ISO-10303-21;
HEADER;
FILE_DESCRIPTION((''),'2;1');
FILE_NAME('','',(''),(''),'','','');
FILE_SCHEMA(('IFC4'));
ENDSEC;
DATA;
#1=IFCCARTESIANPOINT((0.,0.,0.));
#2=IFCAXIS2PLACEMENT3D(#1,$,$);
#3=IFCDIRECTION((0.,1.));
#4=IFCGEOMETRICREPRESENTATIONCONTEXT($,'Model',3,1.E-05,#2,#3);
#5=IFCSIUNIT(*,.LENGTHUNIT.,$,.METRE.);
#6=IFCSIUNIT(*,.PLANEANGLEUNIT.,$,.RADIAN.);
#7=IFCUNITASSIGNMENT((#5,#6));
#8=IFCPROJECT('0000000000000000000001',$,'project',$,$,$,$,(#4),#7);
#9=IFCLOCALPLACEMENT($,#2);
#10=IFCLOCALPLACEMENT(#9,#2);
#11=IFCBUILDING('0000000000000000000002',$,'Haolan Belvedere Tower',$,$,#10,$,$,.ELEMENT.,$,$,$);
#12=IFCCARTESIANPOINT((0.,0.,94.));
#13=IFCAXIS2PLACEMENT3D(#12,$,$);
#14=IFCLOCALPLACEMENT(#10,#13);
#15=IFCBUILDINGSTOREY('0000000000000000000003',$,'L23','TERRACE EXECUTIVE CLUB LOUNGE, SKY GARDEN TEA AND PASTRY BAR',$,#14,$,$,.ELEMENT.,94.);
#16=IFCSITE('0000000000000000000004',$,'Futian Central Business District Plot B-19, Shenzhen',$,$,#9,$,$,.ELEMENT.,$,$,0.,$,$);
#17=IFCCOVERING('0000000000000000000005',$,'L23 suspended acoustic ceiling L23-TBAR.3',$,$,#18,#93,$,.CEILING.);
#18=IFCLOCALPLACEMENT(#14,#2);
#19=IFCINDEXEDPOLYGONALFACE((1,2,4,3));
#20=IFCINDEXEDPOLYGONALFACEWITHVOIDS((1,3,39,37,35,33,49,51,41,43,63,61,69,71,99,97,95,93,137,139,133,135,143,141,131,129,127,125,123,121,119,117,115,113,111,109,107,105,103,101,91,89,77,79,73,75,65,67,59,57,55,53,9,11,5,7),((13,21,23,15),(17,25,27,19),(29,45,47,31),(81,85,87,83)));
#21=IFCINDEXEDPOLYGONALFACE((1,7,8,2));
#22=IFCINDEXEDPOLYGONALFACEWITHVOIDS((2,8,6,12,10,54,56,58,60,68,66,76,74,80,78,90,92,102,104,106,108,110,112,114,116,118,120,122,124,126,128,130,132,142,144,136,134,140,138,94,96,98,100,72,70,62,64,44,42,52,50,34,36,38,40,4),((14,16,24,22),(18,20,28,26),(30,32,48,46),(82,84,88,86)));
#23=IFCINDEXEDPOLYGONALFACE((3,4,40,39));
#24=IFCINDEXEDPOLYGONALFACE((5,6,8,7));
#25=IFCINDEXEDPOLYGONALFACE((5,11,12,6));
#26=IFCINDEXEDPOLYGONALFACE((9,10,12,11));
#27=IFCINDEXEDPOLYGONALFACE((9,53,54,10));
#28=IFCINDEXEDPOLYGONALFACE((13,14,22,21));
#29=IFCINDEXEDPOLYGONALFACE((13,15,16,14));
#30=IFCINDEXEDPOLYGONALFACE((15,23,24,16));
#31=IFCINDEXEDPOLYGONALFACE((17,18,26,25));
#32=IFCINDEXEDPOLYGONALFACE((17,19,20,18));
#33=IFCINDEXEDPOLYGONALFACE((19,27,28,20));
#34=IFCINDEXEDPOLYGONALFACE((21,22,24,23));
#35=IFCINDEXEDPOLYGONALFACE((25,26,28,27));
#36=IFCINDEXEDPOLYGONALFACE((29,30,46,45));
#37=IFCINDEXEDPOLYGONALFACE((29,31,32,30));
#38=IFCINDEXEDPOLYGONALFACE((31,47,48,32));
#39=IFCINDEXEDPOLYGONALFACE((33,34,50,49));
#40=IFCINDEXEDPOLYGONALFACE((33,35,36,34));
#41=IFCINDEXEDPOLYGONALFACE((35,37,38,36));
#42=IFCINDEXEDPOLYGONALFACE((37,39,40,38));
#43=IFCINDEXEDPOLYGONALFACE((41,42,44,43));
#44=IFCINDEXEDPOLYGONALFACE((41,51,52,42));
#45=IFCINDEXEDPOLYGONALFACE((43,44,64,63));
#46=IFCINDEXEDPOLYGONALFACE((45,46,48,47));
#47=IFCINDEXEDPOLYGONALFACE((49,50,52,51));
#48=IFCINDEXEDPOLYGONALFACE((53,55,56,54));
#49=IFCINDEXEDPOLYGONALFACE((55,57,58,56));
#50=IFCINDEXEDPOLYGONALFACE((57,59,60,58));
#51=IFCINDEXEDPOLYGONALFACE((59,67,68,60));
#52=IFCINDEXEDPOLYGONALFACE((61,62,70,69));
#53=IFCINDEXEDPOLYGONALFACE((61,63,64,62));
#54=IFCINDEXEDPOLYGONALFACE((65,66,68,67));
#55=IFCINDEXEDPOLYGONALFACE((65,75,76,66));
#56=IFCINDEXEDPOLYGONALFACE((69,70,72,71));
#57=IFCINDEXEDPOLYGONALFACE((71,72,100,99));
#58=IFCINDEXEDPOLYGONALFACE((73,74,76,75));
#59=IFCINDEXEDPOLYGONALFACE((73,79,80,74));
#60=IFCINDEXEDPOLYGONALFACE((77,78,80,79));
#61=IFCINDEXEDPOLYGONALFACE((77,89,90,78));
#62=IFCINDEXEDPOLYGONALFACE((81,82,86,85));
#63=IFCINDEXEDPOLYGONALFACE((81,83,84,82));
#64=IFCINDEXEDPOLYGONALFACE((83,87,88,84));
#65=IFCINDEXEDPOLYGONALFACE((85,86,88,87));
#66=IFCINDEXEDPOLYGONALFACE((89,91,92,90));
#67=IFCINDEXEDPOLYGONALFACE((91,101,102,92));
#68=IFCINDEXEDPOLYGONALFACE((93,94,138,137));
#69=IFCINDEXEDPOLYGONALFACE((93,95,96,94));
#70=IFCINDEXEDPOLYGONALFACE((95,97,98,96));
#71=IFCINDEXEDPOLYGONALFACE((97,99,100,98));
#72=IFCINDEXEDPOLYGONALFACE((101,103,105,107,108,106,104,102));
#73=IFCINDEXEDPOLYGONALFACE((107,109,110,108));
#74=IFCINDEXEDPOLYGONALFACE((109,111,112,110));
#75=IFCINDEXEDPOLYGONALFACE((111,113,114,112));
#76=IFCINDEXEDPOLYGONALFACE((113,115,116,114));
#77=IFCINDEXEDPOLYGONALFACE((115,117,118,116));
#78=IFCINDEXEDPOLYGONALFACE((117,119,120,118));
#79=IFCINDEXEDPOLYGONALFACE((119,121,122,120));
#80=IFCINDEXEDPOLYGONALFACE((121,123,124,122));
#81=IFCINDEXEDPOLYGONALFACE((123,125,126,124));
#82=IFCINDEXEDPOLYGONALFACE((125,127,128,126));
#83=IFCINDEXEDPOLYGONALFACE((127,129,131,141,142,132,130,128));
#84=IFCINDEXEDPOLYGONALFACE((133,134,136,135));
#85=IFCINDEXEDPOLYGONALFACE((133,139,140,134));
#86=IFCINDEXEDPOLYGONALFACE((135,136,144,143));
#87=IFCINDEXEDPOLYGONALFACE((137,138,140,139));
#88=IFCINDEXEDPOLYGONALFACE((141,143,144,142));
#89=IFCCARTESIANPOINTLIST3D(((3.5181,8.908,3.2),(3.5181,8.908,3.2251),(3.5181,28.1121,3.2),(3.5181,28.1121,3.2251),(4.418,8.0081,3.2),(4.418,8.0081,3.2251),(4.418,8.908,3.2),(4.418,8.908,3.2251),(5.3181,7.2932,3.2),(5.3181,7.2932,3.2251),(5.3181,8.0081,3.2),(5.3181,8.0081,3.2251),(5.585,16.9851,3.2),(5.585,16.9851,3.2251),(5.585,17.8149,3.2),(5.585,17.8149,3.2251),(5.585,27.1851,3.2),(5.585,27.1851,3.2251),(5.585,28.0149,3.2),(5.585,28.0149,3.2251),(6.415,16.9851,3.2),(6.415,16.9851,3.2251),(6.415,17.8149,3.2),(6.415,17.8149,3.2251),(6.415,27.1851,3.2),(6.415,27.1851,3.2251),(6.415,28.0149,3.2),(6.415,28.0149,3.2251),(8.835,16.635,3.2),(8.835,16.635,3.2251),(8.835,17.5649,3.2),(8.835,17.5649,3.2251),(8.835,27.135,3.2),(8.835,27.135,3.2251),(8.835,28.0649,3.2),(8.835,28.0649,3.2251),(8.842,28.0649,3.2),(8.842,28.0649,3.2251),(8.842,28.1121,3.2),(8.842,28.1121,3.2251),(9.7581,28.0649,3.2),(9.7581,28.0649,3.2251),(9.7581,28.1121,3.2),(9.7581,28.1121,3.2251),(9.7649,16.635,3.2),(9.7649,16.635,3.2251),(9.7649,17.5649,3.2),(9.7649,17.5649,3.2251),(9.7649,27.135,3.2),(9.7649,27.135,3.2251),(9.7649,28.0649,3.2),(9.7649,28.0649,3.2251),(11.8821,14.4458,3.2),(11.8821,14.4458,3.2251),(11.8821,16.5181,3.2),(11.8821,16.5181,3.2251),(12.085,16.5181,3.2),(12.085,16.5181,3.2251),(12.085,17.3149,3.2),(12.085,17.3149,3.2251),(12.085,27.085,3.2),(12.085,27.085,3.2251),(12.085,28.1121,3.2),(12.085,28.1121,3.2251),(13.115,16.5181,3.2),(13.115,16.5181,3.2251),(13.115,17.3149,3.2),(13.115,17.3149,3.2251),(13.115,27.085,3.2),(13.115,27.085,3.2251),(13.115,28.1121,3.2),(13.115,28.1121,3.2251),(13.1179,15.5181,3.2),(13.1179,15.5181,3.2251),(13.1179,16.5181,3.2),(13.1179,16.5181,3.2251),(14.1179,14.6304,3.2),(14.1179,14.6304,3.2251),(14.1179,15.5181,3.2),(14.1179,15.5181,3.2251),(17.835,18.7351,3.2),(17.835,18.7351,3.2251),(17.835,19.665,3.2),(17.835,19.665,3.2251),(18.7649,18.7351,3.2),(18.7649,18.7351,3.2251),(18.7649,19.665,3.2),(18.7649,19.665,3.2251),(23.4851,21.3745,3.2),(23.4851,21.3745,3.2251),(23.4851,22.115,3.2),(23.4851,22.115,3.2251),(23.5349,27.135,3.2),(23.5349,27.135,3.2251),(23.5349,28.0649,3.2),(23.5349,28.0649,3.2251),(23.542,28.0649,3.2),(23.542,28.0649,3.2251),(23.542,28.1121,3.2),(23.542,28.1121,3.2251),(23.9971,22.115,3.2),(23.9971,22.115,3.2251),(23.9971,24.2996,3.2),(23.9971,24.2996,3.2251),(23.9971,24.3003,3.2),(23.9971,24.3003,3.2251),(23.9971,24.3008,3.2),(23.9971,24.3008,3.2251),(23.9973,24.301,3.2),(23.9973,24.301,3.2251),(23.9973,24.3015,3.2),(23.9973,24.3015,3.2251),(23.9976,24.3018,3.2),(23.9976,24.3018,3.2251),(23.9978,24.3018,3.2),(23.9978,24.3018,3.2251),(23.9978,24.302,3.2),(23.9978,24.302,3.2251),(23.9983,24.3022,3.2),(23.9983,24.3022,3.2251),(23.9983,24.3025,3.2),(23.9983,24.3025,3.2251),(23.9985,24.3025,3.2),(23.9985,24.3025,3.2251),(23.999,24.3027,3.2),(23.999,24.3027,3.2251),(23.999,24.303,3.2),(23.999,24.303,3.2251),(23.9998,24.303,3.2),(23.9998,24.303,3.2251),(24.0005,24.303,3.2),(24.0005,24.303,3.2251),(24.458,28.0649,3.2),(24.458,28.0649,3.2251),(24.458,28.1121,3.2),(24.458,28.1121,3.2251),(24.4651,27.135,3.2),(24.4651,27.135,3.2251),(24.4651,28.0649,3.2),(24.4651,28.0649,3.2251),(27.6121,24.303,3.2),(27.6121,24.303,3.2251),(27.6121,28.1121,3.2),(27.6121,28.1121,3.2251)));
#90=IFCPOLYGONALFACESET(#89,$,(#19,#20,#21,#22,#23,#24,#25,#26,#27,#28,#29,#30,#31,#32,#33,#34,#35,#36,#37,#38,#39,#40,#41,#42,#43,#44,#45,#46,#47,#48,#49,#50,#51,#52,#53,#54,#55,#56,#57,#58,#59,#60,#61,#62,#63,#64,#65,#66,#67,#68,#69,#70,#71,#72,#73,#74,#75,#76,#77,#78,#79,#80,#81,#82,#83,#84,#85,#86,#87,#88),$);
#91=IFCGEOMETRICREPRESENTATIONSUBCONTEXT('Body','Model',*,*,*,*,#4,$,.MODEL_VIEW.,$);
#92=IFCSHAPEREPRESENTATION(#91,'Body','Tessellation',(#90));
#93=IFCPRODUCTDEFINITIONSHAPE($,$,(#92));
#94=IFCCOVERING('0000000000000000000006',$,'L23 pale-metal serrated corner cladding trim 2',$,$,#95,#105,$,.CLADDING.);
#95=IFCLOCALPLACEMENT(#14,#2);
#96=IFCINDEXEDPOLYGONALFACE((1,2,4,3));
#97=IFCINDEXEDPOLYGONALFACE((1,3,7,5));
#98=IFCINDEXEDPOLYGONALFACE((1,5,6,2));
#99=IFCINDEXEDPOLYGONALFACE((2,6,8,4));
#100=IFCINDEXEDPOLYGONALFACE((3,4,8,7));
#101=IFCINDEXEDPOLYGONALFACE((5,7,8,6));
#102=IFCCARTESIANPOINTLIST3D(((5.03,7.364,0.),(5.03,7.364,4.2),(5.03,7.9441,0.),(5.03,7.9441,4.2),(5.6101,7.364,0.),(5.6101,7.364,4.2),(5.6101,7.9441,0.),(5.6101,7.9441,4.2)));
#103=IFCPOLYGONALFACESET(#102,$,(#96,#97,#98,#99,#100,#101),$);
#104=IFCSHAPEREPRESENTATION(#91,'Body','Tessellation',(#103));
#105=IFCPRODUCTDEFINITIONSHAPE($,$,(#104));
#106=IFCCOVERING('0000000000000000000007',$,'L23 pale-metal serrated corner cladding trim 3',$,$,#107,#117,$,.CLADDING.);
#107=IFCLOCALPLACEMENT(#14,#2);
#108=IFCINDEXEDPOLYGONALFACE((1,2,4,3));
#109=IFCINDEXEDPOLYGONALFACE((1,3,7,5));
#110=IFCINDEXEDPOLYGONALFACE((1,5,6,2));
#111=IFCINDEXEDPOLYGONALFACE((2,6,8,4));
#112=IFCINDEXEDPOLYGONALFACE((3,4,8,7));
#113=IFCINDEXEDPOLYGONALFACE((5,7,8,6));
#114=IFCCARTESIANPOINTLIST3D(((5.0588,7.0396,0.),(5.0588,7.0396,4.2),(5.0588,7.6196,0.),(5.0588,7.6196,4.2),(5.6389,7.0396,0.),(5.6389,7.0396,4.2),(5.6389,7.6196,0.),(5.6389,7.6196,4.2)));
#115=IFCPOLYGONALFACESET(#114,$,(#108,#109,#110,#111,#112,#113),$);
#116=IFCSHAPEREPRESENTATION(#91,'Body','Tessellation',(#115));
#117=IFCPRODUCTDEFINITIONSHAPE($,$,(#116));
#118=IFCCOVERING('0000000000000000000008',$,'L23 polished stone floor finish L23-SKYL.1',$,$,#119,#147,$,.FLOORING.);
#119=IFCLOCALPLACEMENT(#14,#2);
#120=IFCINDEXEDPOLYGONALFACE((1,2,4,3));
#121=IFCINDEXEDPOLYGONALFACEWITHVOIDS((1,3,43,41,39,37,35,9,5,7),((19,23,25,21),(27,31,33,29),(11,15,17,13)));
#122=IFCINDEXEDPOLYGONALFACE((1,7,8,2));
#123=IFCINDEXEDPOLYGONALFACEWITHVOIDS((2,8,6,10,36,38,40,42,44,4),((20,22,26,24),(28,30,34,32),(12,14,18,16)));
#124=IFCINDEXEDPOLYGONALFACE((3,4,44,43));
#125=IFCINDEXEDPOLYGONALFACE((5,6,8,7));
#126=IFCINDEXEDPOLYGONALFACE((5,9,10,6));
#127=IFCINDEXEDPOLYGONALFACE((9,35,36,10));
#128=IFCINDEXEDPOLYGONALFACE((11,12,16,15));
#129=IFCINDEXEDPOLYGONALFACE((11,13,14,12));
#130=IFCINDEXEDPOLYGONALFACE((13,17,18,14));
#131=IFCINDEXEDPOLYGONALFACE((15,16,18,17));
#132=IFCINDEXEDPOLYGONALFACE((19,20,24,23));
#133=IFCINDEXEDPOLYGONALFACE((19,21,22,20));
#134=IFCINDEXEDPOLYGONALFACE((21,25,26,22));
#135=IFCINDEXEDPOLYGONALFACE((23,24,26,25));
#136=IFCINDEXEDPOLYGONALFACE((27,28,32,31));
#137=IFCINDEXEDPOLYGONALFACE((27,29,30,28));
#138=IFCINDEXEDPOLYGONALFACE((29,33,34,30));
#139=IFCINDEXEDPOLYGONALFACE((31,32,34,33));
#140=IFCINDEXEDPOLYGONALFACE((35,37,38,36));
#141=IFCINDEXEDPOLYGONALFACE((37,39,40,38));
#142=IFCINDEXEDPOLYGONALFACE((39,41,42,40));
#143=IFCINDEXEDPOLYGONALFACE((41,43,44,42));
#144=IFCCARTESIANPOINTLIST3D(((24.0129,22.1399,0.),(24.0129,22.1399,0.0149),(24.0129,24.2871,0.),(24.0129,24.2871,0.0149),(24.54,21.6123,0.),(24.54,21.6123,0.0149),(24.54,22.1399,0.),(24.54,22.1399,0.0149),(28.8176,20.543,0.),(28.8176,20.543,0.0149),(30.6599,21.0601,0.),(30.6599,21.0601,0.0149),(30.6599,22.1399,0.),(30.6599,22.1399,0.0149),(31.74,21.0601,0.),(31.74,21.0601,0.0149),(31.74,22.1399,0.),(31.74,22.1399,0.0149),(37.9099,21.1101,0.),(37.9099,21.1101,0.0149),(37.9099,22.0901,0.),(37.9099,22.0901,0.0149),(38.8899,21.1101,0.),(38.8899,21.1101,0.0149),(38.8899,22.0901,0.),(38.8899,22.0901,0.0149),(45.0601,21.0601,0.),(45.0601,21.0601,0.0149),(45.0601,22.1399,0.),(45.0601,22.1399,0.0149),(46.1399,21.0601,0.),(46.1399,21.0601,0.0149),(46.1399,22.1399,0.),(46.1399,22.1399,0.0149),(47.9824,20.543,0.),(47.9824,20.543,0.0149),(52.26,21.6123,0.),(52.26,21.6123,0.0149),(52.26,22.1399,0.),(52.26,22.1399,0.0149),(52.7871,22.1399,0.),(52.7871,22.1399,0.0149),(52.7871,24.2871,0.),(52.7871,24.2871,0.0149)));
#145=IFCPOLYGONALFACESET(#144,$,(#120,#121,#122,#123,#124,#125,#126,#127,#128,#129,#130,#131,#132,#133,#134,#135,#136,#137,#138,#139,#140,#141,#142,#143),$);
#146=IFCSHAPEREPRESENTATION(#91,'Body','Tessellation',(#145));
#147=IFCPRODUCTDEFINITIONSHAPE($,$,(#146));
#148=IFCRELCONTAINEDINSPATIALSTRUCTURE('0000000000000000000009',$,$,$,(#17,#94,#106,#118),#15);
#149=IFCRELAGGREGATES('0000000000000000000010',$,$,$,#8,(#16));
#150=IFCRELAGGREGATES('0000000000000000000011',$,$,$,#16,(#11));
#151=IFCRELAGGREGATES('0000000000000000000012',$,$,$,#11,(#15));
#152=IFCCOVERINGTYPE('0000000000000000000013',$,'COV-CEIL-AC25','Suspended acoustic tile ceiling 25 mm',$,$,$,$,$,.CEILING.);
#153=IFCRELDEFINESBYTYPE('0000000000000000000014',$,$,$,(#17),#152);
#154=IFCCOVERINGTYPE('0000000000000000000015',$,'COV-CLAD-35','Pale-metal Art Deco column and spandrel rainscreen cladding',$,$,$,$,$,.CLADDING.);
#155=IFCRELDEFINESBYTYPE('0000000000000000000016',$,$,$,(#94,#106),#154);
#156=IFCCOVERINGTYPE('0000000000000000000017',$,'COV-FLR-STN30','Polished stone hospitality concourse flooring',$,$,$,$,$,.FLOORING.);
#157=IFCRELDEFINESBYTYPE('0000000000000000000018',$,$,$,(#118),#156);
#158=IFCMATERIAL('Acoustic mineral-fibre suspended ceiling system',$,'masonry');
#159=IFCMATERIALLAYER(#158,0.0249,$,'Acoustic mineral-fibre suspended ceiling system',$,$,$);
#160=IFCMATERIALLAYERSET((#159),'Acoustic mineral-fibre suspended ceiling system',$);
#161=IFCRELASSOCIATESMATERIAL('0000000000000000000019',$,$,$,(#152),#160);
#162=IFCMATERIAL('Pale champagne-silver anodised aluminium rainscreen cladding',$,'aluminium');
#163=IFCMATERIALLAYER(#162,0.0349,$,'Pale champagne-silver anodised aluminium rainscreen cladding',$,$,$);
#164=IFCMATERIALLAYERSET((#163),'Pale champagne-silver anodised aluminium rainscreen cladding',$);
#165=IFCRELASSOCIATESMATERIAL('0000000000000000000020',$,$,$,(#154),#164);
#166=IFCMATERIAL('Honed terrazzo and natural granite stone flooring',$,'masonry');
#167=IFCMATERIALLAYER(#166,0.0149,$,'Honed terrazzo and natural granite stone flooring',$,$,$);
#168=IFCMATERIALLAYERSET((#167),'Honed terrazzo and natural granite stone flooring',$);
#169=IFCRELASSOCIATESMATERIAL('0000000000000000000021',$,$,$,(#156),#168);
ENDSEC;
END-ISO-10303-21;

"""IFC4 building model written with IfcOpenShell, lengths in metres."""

from ifc_helpers import new_model, si_unit, direction, frame, origin, origin_2d, place, context, subcontext, project, spatial, polyline, rectangle, outline, extrude, material, layer, layer_set, type_object, element, save


model = new_model("IFC4")

# Units and contexts
model_context = context("Model", 3, precision=1e-05, world=origin(), true_north=direction((0.0, 1.0)))
body_context = subcontext(model_context, "Body", "Model", "MODEL_VIEW")
ifc_project = project(units=[si_unit("LENGTHUNIT", "METRE"), si_unit("PLANEANGLEUNIT", "RADIAN")], contexts=[model_context])

# Site, building, storey
site_placement = place(None, origin())
site = spatial("IfcSite", under=ifc_project, at=site_placement, Name="Futian Central Business District Plot B-19, Shenzhen", CompositionType="ELEMENT", RefElevation=0.0)
building_placement = place(site_placement, origin())
building = spatial("IfcBuilding", under=site, at=building_placement, Name="Haolan Belvedere Tower", CompositionType="ELEMENT")
storey_placement = place(building_placement, frame((0.0, 0.0, 94.0)))
storey = spatial("IfcBuildingStorey", under=building, at=storey_placement, Name="L23", Description="TERRACE EXECUTIVE CLUB LOUNGE, SKY GARDEN TEA AND PASTRY BAR", CompositionType="ELEMENT", Elevation=94.0)

# Coverings
ifc_material_1 = material(Name="Acoustic mineral-fibre suspended ceiling system", Category="masonry")
ifc_layer_1 = layer(ifc_material_1, 0.0249, Name="Acoustic mineral-fibre suspended ceiling system")
ifc_layer_set_1 = layer_set([ifc_layer_1], Name="Acoustic mineral-fibre suspended ceiling system")
covering_type_1 = type_object("IfcCoveringType", Name="COV-CEIL-AC25", Description="Suspended acoustic tile ceiling 25 mm", PredefinedType="CEILING", material=ifc_layer_set_1)
covering_1_placement = place(storey_placement, frame((0.0, 0.0, 3.2)))
element("IfcCovering", 1, at=covering_1_placement, inside=storey, type_object=covering_type_1, Name="L23 suspended acoustic ceiling L23-TBAR.3", PredefinedType="CEILING", context=body_context, shape_type="SweptSolid", body=[
    extrude(outline(polyline([(8.842, 28.0649), (8.842, 28.1121), (3.5181, 28.1121), (3.5181, 8.908), (4.418, 8.908), (4.418, 8.0081), (5.3181, 8.0081), (5.3181, 7.2932), (11.8821, 14.4458), (11.8821, 16.5181), (12.085, 16.5181), (12.085, 17.3149), (13.115, 17.3149), (13.115, 16.5181), (13.1179, 16.5181), (13.1179, 15.5181), (14.1179, 15.5181), (14.1179, 14.6304), (23.4851, 21.3745), (23.4851, 22.115), (23.9971, 22.115), (23.9971, 24.2996), (23.9971, 24.3003), (23.9971, 24.3008), (23.9973, 24.301), (23.9973, 24.3015), (23.9976, 24.3018), (23.9978, 24.3018), (23.9978, 24.302), (23.9983, 24.3022), (23.9983, 24.3025), (23.9985, 24.3025), (23.999, 24.3027), (23.999, 24.303), (23.9998, 24.303), (24.0005, 24.303), (27.6121, 24.303), (27.6121, 28.1121), (24.458, 28.1121), (24.458, 28.0649), (24.4651, 28.0649), (24.4651, 27.135), (23.5349, 27.135), (23.5349, 28.0649), (23.542, 28.0649), (23.542, 28.1121), (13.115, 28.1121), (13.115, 27.085), (12.085, 27.085), (12.085, 28.1121), (9.7581, 28.1121), (9.7581, 28.0649), (9.7649, 28.0649), (9.7649, 27.135), (8.835, 27.135), (8.835, 28.0649), (8.842, 28.0649)]), holes=[polyline([(17.835, 18.7351), (17.835, 19.665), (18.7649, 19.665), (18.7649, 18.7351), (17.835, 18.7351)]), polyline([(8.835, 16.635), (8.835, 17.5649), (9.7649, 17.5649), (9.7649, 16.635), (8.835, 16.635)]), polyline([(5.585, 16.9851), (5.585, 17.8149), (6.415, 17.8149), (6.415, 16.9851), (5.585, 16.9851)]), polyline([(5.585, 27.1851), (5.585, 28.0149), (6.415, 28.0149), (6.415, 27.1851), (5.585, 27.1851)])]), origin(), (0.0, 0.0, 1.0), 0.0251),
])
ifc_material_2 = material(Name="Pale champagne-silver anodised aluminium rainscreen cladding", Category="aluminium")
ifc_layer_2 = layer(ifc_material_2, 0.0349, Name="Pale champagne-silver anodised aluminium rainscreen cladding")
ifc_layer_set_2 = layer_set([ifc_layer_2], Name="Pale champagne-silver anodised aluminium rainscreen cladding")
covering_type_2 = type_object("IfcCoveringType", Name="COV-CLAD-35", Description="Pale-metal Art Deco column and spandrel rainscreen cladding", PredefinedType="CLADDING", material=ifc_layer_set_2)
for number, where, z_axis, x_axis, name in (
    (2, (5.3201, 7.6541, 0.0), (0.0, 0.0, 1.0), (1.0, 0.0, 0.0), "L23 pale-metal serrated corner cladding trim 2"),
    (3, (5.3489, 7.3296, 0.0), (0.0, 0.0, 1.0), (1.0, 0.0, 0.0), "L23 pale-metal serrated corner cladding trim 3"),
):
    element("IfcCovering", number, at=place(storey_placement, frame(where, z_axis=z_axis, x_axis=x_axis)), inside=storey, type_object=covering_type_2, Name=name, PredefinedType="CLADDING", context=body_context, shape_type="SweptSolid", body=[
        extrude(rectangle(XDim=0.5801, YDim=0.5801, at=origin_2d()), origin(), (0.0, 0.0, 1.0), 4.2),
    ])
ifc_material_3 = material(Name="Honed terrazzo and natural granite stone flooring", Category="masonry")
ifc_layer_3 = layer(ifc_material_3, 0.0149, Name="Honed terrazzo and natural granite stone flooring")
ifc_layer_set_3 = layer_set([ifc_layer_3], Name="Honed terrazzo and natural granite stone flooring")
covering_type_3 = type_object("IfcCoveringType", Name="COV-FLR-STN30", Description="Polished stone hospitality concourse flooring", PredefinedType="FLOORING", material=ifc_layer_set_3)
covering_2_placement = place(storey_placement, origin())
element("IfcCovering", 4, at=covering_2_placement, inside=storey, type_object=covering_type_3, Name="L23 polished stone floor finish L23-SKYL.1", PredefinedType="FLOORING", context=body_context, shape_type="SweptSolid", body=[
    extrude(outline(polyline([(52.26, 21.6123), (52.26, 22.1399), (52.7871, 22.1399), (52.7871, 24.2871), (24.0129, 24.2871), (24.0129, 22.1399), (24.54, 22.1399), (24.54, 21.6123), (28.8176, 20.543), (47.9824, 20.543), (52.26, 21.6123)]), holes=[polyline([(45.0601, 22.1399), (46.1399, 22.1399), (46.1399, 21.0601), (45.0601, 21.0601), (45.0601, 22.1399)]), polyline([(37.9099, 22.0901), (38.8899, 22.0901), (38.8899, 21.1101), (37.9099, 21.1101), (37.9099, 22.0901)]), polyline([(30.6599, 22.1399), (31.74, 22.1399), (31.74, 21.0601), (30.6599, 21.0601), (30.6599, 22.1399)])]), origin(), (0.0, 0.0, 1.0), 0.0149),
])

save(model, "model.ifc")
